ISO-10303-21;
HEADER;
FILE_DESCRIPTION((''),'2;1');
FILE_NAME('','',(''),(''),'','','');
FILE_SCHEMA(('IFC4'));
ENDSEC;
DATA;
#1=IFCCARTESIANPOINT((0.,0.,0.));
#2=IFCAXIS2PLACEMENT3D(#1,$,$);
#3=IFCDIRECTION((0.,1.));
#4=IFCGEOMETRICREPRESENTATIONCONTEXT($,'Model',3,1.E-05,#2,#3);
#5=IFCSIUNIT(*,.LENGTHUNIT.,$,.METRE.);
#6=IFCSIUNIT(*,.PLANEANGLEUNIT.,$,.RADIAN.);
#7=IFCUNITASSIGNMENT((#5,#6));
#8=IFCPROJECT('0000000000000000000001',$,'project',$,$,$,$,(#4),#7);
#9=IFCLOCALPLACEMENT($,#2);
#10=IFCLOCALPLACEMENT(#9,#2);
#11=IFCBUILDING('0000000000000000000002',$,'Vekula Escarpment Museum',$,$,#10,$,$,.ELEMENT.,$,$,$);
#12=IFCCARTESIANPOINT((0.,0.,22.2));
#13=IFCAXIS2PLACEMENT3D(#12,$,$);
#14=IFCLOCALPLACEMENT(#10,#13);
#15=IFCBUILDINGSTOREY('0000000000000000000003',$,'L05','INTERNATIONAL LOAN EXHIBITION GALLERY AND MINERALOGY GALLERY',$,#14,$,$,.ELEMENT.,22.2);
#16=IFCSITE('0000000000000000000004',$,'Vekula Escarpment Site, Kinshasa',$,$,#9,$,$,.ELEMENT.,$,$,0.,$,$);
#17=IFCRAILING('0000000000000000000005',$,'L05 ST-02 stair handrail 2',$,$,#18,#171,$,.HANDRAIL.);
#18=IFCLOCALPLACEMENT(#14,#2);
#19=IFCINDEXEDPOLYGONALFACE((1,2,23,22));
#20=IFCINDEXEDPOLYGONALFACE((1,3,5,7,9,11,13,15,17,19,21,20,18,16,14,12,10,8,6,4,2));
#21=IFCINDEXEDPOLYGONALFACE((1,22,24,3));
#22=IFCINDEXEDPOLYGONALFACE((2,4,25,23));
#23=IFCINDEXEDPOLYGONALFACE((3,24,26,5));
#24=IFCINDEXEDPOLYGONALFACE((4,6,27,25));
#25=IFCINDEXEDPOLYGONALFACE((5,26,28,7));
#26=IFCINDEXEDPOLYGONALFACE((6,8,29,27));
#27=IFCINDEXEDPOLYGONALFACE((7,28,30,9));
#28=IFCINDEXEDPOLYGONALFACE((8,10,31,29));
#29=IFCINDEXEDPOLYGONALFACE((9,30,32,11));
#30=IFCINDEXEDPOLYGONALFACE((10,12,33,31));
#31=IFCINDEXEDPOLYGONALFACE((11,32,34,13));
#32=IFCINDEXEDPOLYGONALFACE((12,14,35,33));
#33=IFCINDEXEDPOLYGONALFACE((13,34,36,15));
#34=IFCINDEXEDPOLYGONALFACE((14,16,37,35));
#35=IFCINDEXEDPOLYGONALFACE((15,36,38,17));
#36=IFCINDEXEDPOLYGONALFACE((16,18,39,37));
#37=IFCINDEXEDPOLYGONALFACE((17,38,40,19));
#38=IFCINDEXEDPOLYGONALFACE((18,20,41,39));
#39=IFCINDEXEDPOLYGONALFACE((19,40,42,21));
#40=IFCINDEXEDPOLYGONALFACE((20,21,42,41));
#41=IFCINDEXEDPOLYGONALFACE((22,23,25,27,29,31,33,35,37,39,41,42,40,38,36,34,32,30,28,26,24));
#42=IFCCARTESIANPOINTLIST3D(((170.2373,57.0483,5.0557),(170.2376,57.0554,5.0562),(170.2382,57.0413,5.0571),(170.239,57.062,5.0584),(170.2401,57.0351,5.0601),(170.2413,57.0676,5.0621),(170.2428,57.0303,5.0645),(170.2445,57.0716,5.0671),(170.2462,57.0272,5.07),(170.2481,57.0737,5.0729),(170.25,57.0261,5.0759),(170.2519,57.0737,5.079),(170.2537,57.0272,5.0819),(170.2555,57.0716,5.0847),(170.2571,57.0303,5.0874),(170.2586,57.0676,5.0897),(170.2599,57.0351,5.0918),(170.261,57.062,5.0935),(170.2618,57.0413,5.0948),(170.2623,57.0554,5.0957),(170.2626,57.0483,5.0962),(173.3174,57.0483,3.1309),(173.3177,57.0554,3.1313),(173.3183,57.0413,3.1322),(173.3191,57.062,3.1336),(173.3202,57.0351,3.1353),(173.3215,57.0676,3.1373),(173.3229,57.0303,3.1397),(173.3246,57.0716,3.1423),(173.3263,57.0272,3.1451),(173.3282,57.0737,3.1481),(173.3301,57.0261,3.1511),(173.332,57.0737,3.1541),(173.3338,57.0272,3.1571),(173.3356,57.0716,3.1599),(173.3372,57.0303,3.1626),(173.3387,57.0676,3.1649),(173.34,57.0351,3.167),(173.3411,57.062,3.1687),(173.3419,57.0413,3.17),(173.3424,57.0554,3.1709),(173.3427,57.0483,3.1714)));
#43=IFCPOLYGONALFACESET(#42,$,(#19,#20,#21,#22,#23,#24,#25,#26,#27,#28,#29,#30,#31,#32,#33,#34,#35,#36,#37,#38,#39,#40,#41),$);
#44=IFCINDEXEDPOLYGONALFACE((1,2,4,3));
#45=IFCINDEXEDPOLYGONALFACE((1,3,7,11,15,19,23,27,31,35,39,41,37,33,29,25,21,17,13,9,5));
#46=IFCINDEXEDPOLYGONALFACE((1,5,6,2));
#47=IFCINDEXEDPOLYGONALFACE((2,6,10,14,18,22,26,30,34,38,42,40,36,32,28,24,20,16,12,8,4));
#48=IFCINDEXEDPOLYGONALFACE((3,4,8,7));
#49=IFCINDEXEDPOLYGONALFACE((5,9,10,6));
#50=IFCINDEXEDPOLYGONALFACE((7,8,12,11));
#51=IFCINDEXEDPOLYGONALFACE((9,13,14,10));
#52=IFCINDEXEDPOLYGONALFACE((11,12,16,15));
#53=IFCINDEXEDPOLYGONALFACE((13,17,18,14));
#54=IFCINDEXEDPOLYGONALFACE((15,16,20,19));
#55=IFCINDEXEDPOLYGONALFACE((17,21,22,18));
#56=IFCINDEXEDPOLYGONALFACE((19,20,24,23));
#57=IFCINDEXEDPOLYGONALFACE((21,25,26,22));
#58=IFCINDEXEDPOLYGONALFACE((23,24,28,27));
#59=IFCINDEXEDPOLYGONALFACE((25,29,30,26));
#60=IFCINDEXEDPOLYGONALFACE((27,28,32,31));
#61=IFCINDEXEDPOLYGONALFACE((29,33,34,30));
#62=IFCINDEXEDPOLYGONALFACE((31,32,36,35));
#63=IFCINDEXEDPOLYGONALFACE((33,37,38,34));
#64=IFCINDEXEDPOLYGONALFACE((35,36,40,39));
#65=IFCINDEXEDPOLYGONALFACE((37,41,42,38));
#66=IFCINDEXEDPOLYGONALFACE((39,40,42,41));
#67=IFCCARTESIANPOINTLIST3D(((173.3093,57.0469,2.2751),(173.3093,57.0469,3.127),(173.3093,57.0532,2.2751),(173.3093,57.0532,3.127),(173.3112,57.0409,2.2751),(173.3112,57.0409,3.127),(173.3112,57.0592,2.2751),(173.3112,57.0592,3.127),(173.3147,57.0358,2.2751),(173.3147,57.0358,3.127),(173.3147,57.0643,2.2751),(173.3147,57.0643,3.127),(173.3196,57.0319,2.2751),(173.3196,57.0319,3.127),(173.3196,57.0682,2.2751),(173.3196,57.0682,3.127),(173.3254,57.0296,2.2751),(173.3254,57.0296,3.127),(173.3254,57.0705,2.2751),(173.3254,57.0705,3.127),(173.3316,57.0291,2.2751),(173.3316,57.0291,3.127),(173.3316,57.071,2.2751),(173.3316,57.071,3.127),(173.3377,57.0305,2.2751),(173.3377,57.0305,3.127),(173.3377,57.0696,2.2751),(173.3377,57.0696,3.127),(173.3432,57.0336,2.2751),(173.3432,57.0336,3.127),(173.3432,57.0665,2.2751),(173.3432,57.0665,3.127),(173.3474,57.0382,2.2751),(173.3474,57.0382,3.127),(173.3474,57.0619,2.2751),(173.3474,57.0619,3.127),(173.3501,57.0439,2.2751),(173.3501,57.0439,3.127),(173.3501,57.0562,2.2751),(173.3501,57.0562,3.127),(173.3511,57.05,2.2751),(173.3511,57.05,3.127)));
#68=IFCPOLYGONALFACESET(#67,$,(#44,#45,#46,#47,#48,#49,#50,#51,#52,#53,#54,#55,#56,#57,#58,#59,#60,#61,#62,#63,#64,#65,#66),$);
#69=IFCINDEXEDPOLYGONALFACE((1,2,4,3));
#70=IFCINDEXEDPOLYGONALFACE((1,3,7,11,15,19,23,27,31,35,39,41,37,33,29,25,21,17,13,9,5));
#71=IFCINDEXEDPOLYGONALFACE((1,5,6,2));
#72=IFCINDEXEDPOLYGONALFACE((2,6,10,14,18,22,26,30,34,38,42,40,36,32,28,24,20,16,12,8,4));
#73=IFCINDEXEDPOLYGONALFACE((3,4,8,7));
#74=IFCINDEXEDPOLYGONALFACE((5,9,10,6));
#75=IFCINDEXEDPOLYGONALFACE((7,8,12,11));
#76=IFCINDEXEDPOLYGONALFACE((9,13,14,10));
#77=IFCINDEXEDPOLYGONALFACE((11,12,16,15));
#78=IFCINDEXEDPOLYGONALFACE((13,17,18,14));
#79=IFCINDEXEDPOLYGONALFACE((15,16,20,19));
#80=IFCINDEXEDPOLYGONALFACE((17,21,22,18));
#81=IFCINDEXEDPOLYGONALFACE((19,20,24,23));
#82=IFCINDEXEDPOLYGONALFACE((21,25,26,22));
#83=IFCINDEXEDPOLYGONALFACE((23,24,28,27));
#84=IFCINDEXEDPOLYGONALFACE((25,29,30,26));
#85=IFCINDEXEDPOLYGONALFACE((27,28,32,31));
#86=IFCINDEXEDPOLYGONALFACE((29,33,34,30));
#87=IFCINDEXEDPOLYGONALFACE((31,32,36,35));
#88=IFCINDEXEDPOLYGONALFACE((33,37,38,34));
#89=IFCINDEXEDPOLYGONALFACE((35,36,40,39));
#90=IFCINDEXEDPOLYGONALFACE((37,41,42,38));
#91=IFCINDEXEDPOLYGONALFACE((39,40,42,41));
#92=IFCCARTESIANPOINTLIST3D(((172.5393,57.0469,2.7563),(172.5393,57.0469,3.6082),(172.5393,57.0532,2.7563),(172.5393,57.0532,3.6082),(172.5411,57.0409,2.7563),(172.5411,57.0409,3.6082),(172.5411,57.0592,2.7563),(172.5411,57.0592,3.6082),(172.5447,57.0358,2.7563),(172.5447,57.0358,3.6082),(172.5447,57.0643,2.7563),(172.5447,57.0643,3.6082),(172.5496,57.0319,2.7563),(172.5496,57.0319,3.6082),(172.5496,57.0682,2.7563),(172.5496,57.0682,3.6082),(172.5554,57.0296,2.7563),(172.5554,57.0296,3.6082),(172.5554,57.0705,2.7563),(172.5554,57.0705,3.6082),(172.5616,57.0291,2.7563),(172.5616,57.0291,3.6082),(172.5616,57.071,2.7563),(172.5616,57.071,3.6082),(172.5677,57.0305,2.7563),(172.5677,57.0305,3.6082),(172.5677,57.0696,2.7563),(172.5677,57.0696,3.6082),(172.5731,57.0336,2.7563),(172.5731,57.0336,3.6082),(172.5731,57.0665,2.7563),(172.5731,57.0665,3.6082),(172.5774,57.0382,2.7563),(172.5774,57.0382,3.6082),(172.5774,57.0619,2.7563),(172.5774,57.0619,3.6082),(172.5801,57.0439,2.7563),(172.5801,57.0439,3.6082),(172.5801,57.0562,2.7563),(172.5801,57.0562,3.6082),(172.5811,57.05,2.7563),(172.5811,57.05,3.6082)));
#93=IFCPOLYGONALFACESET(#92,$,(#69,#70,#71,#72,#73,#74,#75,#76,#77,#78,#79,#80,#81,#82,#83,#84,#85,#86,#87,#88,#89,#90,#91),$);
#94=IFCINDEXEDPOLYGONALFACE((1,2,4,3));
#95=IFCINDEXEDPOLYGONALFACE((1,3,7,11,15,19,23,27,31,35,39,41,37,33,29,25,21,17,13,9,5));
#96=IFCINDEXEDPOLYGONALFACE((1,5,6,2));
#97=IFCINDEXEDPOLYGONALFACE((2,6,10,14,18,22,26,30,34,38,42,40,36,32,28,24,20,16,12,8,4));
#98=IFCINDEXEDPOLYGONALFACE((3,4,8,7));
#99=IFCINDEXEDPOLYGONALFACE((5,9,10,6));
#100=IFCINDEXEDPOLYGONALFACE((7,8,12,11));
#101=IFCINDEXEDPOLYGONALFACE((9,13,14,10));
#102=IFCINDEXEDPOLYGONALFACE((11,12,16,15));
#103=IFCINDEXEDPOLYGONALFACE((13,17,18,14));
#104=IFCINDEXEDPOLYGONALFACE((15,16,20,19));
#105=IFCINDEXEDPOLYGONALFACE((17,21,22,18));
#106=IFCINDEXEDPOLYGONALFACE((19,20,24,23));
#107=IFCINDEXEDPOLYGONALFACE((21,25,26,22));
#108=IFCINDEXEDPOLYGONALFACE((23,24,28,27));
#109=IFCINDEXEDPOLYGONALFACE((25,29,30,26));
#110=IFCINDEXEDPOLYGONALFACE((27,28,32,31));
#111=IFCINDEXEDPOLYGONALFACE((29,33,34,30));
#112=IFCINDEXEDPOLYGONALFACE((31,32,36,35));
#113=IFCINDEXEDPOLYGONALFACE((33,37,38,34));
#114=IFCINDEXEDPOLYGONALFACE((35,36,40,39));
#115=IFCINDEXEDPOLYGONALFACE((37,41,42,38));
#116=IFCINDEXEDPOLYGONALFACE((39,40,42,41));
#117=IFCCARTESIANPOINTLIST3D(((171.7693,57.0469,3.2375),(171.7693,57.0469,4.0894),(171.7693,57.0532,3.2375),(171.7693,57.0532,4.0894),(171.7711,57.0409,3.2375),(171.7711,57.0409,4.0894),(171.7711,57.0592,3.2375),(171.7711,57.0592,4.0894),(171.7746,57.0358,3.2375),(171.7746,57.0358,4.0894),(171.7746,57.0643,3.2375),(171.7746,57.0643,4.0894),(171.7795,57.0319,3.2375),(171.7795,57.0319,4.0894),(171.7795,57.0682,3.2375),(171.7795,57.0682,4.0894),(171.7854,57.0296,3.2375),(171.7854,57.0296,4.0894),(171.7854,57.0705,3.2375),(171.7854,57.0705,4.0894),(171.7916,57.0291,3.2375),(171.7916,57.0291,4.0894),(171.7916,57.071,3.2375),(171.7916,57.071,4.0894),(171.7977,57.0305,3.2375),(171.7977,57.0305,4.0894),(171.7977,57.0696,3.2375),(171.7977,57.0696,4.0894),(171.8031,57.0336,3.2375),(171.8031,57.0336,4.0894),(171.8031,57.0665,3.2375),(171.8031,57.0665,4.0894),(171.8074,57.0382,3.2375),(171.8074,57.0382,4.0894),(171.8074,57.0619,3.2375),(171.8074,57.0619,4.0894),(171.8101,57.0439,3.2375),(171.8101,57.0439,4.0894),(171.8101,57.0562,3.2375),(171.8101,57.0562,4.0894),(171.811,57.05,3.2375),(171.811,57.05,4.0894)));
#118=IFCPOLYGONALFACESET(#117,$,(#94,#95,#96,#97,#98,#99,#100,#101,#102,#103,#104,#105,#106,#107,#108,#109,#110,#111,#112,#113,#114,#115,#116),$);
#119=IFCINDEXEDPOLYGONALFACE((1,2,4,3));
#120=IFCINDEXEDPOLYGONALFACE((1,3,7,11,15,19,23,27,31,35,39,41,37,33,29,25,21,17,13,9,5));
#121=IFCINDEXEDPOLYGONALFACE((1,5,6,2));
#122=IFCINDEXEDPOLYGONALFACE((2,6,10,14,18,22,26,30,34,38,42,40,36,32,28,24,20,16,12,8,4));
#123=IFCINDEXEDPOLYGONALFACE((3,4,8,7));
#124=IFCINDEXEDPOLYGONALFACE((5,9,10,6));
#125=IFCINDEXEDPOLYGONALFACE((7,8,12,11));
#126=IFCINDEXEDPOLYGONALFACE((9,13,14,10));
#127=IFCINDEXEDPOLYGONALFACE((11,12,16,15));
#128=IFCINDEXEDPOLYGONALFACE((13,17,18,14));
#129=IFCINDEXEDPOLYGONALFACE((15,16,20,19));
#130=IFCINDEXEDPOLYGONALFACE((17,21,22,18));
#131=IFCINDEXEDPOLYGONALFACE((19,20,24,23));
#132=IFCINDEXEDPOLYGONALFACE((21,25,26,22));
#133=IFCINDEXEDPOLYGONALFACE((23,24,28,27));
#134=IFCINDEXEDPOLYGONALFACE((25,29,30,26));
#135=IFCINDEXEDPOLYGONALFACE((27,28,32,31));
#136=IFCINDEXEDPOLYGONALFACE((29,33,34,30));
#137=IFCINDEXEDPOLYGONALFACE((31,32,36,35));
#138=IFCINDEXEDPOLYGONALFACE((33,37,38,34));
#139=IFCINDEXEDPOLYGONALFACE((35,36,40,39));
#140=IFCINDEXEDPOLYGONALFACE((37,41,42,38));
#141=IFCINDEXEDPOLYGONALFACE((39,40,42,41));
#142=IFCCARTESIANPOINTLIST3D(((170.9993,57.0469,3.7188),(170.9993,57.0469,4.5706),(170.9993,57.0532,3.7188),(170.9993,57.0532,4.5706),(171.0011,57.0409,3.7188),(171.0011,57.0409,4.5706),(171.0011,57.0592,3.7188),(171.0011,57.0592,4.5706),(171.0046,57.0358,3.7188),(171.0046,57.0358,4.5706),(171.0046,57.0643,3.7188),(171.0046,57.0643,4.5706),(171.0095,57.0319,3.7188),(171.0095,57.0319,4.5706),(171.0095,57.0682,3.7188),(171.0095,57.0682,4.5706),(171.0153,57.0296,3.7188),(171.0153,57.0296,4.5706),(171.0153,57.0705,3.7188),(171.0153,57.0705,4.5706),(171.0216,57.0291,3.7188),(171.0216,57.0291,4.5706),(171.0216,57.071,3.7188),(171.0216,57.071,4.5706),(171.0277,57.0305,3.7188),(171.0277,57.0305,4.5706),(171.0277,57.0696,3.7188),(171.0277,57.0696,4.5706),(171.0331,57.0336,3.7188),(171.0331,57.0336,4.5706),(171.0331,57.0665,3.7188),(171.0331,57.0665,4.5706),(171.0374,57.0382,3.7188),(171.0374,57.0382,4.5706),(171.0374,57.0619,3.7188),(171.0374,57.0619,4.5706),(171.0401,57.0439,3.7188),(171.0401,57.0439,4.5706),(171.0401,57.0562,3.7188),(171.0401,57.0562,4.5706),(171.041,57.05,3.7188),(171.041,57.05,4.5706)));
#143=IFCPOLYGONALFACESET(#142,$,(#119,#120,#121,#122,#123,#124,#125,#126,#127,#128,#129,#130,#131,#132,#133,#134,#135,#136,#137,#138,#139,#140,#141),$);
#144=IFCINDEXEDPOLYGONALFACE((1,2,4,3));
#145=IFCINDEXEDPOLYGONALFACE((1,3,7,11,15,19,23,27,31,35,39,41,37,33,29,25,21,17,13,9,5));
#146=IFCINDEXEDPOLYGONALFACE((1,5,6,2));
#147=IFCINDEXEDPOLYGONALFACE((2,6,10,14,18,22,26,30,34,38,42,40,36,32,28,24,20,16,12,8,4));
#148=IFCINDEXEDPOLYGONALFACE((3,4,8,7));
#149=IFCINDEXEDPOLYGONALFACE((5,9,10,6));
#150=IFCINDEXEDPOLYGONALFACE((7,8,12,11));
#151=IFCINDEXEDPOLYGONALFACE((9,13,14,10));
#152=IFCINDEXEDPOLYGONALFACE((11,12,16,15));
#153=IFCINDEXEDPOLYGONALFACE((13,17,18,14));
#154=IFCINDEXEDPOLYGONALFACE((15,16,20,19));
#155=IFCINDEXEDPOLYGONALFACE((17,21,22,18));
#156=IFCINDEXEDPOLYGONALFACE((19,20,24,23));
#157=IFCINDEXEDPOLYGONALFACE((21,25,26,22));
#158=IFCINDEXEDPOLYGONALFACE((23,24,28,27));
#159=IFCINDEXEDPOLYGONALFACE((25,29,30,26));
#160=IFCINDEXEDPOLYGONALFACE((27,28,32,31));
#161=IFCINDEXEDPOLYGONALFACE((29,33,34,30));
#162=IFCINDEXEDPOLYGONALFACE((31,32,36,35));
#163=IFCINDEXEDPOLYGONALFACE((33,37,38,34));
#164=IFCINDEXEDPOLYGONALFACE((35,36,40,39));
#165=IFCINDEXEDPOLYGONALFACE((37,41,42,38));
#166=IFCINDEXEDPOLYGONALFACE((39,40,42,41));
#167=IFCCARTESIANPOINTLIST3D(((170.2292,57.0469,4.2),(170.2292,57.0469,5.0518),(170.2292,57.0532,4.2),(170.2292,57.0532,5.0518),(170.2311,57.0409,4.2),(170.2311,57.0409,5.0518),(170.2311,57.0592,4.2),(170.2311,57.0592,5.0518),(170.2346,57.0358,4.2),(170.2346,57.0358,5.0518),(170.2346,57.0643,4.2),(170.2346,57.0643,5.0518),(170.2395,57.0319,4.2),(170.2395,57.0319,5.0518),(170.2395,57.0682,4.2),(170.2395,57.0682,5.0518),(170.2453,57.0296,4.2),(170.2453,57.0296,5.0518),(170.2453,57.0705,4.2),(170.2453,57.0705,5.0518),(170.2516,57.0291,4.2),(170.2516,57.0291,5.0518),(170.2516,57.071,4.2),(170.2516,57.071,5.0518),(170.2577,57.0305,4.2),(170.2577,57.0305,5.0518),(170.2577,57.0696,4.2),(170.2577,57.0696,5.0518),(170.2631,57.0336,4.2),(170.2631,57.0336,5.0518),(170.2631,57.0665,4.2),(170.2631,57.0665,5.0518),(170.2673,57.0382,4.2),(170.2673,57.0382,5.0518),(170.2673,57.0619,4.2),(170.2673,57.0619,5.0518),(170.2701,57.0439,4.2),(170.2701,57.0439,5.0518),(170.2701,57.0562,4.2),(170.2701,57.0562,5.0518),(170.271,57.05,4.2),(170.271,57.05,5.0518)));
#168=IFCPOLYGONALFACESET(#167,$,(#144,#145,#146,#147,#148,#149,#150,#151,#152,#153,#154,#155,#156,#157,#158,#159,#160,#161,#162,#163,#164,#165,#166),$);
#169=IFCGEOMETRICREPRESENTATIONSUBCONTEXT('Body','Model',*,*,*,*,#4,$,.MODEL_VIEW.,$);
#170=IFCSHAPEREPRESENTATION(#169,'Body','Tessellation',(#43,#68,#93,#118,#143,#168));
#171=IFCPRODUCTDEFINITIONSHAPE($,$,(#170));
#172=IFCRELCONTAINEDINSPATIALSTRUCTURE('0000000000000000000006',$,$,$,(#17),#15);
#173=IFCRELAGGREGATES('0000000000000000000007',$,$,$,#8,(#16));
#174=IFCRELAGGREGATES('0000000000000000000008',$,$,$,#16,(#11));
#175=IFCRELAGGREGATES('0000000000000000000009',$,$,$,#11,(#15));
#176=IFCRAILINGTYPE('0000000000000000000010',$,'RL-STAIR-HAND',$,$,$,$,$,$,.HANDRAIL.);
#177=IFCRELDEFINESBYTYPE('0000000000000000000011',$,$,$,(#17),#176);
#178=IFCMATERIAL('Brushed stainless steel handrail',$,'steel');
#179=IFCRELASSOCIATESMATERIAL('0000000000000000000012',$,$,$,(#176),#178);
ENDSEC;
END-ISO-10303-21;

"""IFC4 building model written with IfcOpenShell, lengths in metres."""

from ifc_helpers import new_model, si_unit, direction, frame, origin, origin_2d, place, context, subcontext, project, spatial, circle, extrude, material, type_object, element, save


model = new_model("IFC4")

# Units and contexts
model_context = context("Model", 3, precision=1e-05, world=origin(), true_north=direction((0.0, 1.0)))
body_context = subcontext(model_context, "Body", "Model", "MODEL_VIEW")
ifc_project = project(units=[si_unit("LENGTHUNIT", "METRE"), si_unit("PLANEANGLEUNIT", "RADIAN")], contexts=[model_context])

# Site, building, storey
site_placement = place(None, origin())
site = spatial("IfcSite", under=ifc_project, at=site_placement, Name="Vekula Escarpment Site, Kinshasa", CompositionType="ELEMENT", RefElevation=0.0)
building_placement = place(site_placement, origin())
building = spatial("IfcBuilding", under=site, at=building_placement, Name="Vekula Escarpment Museum", CompositionType="ELEMENT")
storey_placement = place(building_placement, frame((0.0, 0.0, 22.2)))
storey = spatial("IfcBuildingStorey", under=building, at=storey_placement, Name="L05", Description="INTERNATIONAL LOAN EXHIBITION GALLERY AND MINERALOGY GALLERY", CompositionType="ELEMENT", Elevation=22.2)

# Railing
ifc_material_1 = material(Name="Brushed stainless steel handrail", Category="steel")
railing_type_1 = type_object("IfcRailingType", Name="RL-STAIR-HAND", PredefinedType="HANDRAIL", material=ifc_material_1)
railing_1_placement = place(storey_placement, frame((173.3301, 57.05, 2.2751)))
element("IfcRailing", 1, at=railing_1_placement, inside=storey, type_object=railing_type_1, Name="L05 ST-02 stair handrail 2", PredefinedType="HANDRAIL", context=body_context, shape_type="SweptSolid", body=[
    extrude(circle(Radius=0.0239, at=origin_2d()), frame((0.0, 0.0, 0.876), z_axis=(-0.848029, 0.0, 0.529951), x_axis=(0.0, -1.0, 0.0)), (0.0, 0.0, 1.0), 3.6321),
    extrude(circle(Radius=0.021, at=origin_2d()), origin(), (0.0, 0.0, 1.0), 0.8518),
    extrude(circle(Radius=0.021, at=origin_2d()), frame((-0.77, 0.0, 0.4812)), (0.0, 0.0, 1.0), 0.8518),
    extrude(circle(Radius=0.021, at=origin_2d()), frame((-1.54, 0.0, 0.9624)), (0.0, 0.0, 1.0), 0.8518),
    extrude(circle(Radius=0.021, at=origin_2d()), frame((-2.3101, 0.0, 1.4436)), (0.0, 0.0, 1.0), 0.8518),
    extrude(circle(Radius=0.021, at=origin_2d()), frame((-3.0801, 0.0, 1.9248)), (0.0, 0.0, 1.0), 0.8518),
])

save(model, "model.ifc")
